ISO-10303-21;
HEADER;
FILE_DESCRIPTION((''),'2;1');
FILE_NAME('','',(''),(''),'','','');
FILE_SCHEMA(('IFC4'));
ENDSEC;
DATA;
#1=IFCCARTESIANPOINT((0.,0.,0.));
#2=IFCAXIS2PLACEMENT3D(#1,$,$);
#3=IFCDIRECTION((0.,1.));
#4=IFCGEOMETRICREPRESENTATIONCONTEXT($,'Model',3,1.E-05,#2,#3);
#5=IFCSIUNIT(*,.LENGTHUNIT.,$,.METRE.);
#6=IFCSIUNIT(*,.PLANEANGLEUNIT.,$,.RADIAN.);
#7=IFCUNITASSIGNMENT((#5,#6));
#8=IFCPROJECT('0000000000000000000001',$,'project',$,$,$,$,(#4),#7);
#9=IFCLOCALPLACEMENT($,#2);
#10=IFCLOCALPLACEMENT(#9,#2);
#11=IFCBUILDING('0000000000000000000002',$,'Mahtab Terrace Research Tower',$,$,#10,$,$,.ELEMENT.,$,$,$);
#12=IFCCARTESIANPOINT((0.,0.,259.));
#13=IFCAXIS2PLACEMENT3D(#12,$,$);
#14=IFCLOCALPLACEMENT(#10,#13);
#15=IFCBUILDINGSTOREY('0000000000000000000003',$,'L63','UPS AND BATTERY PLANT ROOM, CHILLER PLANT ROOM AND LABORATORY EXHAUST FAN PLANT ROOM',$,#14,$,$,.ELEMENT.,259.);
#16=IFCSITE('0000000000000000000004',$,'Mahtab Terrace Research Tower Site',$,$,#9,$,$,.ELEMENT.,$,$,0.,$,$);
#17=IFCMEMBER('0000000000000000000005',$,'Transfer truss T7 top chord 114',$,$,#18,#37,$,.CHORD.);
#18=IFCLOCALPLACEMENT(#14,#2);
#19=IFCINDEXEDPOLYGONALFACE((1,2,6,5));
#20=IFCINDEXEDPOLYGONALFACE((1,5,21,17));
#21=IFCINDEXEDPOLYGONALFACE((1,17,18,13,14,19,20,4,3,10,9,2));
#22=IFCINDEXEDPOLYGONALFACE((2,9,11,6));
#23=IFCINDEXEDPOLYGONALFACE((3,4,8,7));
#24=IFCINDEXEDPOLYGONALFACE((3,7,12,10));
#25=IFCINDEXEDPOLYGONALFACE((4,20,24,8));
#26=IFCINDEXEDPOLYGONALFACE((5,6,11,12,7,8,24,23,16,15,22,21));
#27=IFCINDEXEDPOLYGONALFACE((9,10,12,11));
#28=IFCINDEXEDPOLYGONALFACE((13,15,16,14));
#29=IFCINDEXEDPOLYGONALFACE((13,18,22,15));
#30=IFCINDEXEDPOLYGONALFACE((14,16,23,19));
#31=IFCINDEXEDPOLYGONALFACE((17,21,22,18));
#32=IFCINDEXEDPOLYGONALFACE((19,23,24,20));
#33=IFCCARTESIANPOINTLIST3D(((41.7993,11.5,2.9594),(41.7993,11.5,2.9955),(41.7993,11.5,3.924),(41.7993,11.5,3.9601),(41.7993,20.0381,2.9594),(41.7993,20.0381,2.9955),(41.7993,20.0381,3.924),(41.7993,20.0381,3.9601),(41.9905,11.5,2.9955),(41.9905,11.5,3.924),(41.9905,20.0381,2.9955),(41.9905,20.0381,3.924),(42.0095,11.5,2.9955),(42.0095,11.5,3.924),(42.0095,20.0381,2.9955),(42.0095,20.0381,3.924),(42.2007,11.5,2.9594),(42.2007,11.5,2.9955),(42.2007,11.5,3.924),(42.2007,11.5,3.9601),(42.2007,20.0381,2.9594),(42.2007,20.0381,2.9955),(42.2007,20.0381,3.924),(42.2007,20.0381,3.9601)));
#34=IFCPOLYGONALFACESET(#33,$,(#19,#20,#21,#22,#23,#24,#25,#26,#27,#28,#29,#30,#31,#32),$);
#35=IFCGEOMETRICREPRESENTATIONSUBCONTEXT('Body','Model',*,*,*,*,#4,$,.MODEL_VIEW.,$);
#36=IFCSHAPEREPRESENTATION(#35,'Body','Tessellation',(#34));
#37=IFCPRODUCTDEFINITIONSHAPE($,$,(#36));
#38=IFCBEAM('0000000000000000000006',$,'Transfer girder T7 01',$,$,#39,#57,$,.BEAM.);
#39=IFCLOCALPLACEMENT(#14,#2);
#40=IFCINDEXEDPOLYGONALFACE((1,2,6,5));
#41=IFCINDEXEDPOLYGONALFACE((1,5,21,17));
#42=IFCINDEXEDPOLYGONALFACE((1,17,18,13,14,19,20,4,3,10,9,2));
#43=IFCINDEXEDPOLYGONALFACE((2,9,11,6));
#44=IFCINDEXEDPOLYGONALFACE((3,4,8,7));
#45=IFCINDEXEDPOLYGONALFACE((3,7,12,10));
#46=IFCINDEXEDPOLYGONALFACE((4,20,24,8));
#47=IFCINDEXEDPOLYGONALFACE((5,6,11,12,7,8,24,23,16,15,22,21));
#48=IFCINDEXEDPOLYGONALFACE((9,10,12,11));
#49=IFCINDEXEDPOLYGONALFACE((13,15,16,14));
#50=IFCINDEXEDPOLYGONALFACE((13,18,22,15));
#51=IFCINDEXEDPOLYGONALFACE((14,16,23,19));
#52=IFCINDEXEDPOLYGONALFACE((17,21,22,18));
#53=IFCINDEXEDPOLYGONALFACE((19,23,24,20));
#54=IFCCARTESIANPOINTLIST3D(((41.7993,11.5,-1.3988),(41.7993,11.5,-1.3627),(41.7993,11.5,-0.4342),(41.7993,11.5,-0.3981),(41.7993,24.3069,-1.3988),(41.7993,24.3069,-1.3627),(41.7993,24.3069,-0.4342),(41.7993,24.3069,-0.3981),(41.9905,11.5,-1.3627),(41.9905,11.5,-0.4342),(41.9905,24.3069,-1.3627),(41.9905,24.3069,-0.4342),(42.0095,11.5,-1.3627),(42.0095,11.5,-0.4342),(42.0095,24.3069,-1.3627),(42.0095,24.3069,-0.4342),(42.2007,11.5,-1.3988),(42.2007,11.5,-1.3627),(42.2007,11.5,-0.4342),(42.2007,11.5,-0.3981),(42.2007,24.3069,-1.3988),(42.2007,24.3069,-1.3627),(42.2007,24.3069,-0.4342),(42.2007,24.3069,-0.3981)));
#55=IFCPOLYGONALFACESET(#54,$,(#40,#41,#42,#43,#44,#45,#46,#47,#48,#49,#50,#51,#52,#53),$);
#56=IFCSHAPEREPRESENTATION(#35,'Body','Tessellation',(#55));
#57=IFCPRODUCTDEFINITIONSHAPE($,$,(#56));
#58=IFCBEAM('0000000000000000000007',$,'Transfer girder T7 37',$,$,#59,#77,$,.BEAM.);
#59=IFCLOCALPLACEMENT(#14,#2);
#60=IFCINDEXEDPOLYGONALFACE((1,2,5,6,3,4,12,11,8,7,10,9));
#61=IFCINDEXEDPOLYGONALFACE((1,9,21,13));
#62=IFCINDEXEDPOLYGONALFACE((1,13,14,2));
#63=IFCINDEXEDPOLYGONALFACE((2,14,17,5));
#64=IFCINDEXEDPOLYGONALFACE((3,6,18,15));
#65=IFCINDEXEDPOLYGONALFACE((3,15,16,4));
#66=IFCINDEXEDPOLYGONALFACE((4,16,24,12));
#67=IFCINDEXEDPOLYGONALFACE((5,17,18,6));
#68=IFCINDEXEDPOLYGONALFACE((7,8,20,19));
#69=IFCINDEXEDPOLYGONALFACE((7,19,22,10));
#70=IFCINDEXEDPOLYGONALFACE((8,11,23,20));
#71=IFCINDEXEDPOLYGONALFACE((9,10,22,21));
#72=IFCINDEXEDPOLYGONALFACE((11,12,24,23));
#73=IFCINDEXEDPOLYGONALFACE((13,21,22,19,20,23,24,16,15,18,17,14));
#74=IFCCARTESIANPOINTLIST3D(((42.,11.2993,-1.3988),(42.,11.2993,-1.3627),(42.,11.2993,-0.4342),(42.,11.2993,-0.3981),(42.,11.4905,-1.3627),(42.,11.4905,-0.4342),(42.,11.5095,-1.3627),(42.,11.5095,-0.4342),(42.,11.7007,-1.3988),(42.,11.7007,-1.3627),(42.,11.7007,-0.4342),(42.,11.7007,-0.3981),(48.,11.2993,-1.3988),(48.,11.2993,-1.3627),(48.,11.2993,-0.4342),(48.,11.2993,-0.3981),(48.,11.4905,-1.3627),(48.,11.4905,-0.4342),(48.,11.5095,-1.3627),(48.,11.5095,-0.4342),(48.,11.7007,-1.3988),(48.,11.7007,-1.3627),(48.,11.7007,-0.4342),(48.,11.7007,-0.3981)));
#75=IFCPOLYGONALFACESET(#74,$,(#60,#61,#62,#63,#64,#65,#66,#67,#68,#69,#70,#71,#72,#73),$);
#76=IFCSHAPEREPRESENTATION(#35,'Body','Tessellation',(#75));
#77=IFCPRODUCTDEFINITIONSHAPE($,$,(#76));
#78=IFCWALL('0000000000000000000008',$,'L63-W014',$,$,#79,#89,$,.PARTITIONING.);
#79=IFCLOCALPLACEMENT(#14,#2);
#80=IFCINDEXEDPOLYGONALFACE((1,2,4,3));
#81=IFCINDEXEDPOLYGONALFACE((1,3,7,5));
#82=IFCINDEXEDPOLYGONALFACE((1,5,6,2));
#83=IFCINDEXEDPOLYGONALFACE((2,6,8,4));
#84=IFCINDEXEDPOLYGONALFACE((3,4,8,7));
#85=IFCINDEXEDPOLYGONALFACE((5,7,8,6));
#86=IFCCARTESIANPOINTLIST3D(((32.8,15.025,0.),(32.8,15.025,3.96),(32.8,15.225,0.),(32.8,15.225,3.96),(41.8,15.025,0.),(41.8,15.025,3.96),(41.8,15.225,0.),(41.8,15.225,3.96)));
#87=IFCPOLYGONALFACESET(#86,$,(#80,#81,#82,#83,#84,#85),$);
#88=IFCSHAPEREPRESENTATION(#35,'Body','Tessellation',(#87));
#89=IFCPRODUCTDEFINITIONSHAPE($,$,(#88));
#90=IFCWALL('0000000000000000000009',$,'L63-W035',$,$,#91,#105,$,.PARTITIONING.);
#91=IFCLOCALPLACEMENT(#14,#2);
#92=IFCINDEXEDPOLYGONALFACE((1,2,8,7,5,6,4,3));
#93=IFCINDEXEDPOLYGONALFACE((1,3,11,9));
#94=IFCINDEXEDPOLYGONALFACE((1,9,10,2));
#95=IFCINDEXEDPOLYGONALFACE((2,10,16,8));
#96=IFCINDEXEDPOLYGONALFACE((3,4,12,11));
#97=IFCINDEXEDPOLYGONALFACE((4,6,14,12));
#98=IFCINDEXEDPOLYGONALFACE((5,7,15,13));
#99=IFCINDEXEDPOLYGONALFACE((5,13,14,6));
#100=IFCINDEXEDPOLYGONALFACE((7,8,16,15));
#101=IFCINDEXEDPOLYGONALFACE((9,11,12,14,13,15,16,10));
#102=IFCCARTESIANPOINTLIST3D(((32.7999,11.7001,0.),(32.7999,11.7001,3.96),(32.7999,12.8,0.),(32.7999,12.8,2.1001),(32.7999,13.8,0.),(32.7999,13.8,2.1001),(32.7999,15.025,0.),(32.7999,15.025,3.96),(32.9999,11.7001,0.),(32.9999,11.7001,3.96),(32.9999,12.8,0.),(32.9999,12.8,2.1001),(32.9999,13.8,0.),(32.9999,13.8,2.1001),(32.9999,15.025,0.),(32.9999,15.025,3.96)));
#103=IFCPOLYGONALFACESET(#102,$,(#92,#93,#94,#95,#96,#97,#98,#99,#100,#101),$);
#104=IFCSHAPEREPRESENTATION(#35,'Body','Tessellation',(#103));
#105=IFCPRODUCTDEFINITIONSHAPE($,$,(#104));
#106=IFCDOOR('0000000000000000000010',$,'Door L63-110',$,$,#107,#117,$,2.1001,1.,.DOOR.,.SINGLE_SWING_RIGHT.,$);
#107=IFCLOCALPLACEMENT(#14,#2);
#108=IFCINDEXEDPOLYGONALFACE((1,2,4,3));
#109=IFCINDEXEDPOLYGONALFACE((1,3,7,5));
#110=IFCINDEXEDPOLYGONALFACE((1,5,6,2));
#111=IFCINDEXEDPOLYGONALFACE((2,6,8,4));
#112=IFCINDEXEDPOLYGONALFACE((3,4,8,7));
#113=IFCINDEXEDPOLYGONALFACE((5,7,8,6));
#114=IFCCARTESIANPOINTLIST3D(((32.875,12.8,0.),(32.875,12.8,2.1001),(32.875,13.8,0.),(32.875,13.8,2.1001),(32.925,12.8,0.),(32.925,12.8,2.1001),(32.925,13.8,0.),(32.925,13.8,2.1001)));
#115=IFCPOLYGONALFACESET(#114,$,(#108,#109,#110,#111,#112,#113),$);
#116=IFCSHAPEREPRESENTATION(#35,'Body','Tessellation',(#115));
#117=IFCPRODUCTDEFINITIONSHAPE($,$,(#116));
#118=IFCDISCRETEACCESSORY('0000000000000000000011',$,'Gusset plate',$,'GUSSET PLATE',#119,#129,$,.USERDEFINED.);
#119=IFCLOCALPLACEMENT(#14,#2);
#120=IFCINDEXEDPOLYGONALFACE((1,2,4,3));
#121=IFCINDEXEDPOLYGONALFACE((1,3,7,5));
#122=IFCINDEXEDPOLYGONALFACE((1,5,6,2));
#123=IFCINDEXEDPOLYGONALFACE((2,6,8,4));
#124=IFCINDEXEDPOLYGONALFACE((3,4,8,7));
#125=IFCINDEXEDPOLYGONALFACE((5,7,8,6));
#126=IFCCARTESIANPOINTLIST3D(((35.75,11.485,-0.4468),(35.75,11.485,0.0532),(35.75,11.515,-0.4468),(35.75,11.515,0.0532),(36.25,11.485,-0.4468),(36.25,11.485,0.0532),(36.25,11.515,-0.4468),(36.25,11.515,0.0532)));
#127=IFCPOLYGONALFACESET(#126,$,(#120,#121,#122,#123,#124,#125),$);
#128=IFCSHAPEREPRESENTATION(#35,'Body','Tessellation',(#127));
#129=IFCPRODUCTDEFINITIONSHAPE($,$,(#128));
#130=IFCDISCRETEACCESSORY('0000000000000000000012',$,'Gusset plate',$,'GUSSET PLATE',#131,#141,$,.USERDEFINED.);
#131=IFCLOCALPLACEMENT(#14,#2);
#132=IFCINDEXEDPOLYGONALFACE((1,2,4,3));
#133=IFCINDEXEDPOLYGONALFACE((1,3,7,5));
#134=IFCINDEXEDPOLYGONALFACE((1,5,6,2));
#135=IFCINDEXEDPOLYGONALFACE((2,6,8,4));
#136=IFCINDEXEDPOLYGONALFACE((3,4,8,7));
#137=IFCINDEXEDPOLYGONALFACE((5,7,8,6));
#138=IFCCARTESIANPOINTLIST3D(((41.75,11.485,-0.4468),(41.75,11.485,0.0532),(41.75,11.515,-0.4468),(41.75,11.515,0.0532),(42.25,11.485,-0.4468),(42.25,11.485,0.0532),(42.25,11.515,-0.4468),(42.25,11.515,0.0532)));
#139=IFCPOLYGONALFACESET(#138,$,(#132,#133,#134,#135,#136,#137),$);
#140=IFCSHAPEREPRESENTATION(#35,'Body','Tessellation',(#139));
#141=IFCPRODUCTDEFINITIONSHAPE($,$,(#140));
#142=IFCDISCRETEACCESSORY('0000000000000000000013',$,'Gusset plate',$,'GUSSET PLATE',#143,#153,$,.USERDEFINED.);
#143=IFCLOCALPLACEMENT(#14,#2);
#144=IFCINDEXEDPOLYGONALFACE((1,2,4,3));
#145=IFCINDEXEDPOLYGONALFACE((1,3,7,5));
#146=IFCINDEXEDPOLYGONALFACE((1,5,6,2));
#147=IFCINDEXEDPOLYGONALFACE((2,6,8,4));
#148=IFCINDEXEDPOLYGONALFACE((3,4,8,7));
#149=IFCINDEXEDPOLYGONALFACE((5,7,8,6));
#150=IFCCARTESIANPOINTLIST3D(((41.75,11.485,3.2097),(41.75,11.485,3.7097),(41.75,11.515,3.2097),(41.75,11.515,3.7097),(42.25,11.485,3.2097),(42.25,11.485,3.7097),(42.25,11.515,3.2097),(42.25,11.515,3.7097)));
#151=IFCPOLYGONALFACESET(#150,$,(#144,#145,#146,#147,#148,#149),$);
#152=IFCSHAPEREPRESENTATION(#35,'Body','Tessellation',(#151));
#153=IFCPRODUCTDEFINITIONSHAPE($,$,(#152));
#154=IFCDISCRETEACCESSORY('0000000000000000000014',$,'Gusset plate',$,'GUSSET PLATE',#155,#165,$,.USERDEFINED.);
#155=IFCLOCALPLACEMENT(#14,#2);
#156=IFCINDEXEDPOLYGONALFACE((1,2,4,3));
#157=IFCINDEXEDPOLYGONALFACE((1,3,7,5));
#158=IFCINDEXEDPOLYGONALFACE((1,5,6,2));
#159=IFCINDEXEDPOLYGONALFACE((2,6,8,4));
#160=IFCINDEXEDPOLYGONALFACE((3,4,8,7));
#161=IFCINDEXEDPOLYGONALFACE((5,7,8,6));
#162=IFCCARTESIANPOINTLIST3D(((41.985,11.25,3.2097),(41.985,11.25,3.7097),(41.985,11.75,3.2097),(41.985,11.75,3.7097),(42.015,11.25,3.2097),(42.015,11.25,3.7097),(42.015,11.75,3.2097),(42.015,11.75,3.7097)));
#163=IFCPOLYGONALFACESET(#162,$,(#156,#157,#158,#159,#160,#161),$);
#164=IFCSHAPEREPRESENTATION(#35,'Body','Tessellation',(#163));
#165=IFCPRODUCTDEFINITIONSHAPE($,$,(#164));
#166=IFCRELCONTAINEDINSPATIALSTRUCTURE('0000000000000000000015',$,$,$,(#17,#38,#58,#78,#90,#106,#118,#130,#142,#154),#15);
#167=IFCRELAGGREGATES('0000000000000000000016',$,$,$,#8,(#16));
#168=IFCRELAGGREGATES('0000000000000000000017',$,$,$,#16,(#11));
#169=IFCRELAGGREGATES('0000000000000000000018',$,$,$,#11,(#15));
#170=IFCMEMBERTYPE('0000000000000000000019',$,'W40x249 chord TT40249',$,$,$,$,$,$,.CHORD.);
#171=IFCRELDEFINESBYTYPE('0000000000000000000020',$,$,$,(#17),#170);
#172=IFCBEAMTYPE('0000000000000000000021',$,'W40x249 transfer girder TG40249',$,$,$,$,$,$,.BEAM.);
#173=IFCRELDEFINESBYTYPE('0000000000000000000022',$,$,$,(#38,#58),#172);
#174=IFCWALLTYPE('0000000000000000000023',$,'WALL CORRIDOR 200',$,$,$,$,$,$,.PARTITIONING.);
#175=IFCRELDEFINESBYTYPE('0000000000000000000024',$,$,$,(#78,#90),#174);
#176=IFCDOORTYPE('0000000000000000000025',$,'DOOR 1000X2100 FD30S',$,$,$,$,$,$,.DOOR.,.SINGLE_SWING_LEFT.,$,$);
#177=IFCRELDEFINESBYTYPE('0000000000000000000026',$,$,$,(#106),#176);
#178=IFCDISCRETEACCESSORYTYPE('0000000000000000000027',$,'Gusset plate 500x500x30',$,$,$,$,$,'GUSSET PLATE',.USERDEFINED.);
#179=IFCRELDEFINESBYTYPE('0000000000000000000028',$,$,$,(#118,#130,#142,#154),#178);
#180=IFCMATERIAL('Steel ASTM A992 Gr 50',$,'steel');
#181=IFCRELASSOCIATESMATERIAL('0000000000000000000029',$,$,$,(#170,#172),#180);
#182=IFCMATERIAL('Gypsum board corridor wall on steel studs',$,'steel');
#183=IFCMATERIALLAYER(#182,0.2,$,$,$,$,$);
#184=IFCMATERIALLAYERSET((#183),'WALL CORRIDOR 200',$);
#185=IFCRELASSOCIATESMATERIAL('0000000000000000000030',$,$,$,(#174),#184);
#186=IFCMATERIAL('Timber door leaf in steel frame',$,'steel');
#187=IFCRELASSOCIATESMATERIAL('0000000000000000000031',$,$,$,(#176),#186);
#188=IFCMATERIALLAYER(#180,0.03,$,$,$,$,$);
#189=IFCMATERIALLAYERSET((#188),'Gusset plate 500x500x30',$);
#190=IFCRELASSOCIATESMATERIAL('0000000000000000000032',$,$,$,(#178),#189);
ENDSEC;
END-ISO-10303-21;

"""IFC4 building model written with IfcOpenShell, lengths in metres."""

from ifc_helpers import new_model, si_unit, direction, frame, frame_2d, origin, origin_2d, place, context, subcontext, project, spatial, rectangle, i_section, extrude, material, layer, layer_set, material_profile, profile_set, type_object, element, fill, save


model = new_model("IFC4")

# Units and contexts
model_context = context("Model", 3, precision=1e-05, world=origin(), true_north=direction((0.0, 1.0)))
body_context = subcontext(model_context, "Body", "Model", "MODEL_VIEW")
ifc_project = project(units=[si_unit("LENGTHUNIT", "METRE"), si_unit("PLANEANGLEUNIT", "RADIAN")], contexts=[model_context])

# Site, building, storey
site_placement = place(None, origin())
site = spatial("IfcSite", under=ifc_project, at=site_placement, Name="Mahtab Terrace Research Tower Site", CompositionType="ELEMENT", RefElevation=0.0)
building_placement = place(site_placement, origin())
building = spatial("IfcBuilding", under=site, at=building_placement, Name="Mahtab Terrace Research Tower", CompositionType="ELEMENT")
storey_placement = place(building_placement, frame((0.0, 0.0, 259.0)))
storey = spatial("IfcBuildingStorey", under=building, at=storey_placement, Name="L63", Description="UPS AND BATTERY PLANT ROOM, CHILLER PLANT ROOM AND LABORATORY EXHAUST FAN PLANT ROOM", CompositionType="ELEMENT", Elevation=259.0)

# Member
ifc_material_1 = material(Name="Steel ASTM A992 Gr 50", Category="steel")
ifc_material_profile_1 = material_profile(ifc_material_1, i_section(OverallWidth=0.4014, OverallDepth=1.0007, WebThickness=0.019, FlangeThickness=0.0361, at=origin_2d()), Name="W40X249")
ifc_profile_set_1 = profile_set([ifc_material_profile_1], Name="Steel ASTM A992 Gr 50")
member_type_1 = type_object("IfcMemberType", Name="W40x249 chord TT40249", PredefinedType="CHORD", material=ifc_profile_set_1)
member_1_placement = place(storey_placement, frame((42.0, 11.5, 3.4597), z_axis=(0.0, 1.0, 0.0), x_axis=(-1.0, 0.0, 0.0)))
element("IfcMember", 1, at=member_1_placement, inside=storey, type_object=member_type_1, Name="Transfer truss T7 top chord 114", PredefinedType="CHORD", context=body_context, shape_type="SweptSolid", body=[
    extrude(i_section(OverallWidth=0.4014, OverallDepth=1.0007, WebThickness=0.019, FlangeThickness=0.0361, at=origin_2d()), origin(), (0.0, 0.0, 1.0), 8.5381),
])

# Beams
ifc_material_profile_2 = material_profile(ifc_material_1, i_section(OverallWidth=0.4014, OverallDepth=1.0007, WebThickness=0.019, FlangeThickness=0.0361, at=origin_2d()), Name="W40X249")
ifc_profile_set_2 = profile_set([ifc_material_profile_2], Name="Steel ASTM A992 Gr 50")
beam_type = type_object("IfcBeamType", Name="W40x249 transfer girder TG40249", PredefinedType="BEAM", material=ifc_profile_set_2)
beam_1_placement = place(storey_placement, frame((42.0, 11.5, -0.8984), z_axis=(0.0, 1.0, 0.0), x_axis=(-1.0, 0.0, 0.0)))
element("IfcBeam", 2, at=beam_1_placement, inside=storey, type_object=beam_type, Name="Transfer girder T7 01", PredefinedType="BEAM", context=body_context, shape_type="SweptSolid", body=[
    extrude(i_section(OverallWidth=0.4014, OverallDepth=1.0007, WebThickness=0.019, FlangeThickness=0.0361, at=origin_2d()), origin(), (0.0, 0.0, 1.0), 12.8069),
])
beam_2_placement = place(storey_placement, frame((42.0, 11.5, -0.8984), z_axis=(1.0, 0.0, 0.0), x_axis=(0.0, 1.0, 0.0)))
element("IfcBeam", 3, at=beam_2_placement, inside=storey, type_object=beam_type, Name="Transfer girder T7 37", PredefinedType="BEAM", context=body_context, shape_type="SweptSolid", body=[
    extrude(i_section(OverallWidth=0.4014, OverallDepth=1.0007, WebThickness=0.019, FlangeThickness=0.0361, at=origin_2d()), origin(), (0.0, 0.0, 1.0), 6.0),
])

# Wall
ifc_material_2 = material(Name="Gypsum board corridor wall on steel studs", Category="steel")
ifc_layer_1 = layer(ifc_material_2, 0.2)
ifc_layer_set_1 = layer_set([ifc_layer_1], Name="WALL CORRIDOR 200")
wall_type = type_object("IfcWallType", Name="WALL CORRIDOR 200", PredefinedType="PARTITIONING", material=ifc_layer_set_1)
wall_1_placement = place(storey_placement, frame((32.8, 15.125, 0.0), z_axis=(0.0, 0.0, 1.0), x_axis=(1.0, 0.0, 0.0)))
element("IfcWall", 4, at=wall_1_placement, inside=storey, type_object=wall_type, Name="L63-W014", PredefinedType="PARTITIONING", context=body_context, shape_type="SweptSolid", body=[
    extrude(rectangle(XDim=9.0, YDim=0.2, at=frame_2d((4.5, 0.0))), origin(), (0.0, 0.0, 1.0), 3.96),
])

# Wall, opening, door
wall_2_placement = place(storey_placement, frame((32.8999, 11.7, 0.0), z_axis=(0.0, 0.0, 1.0), x_axis=(0.0, 1.0, 0.0)))
wall_2 = element("IfcWall", 5, at=wall_2_placement, inside=storey, type_object=wall_type, Name="L63-W035", PredefinedType="PARTITIONING", context=body_context, shape_type="SweptSolid", body=[
    extrude(rectangle(XDim=3.325, YDim=0.2, at=frame_2d((1.6626, 0.0))), origin(), (0.0, 0.0, 1.0), 3.96),
])
opening_placement = place(wall_2_placement, frame((1.1001, 0.0, 0.0)))
opening = element("IfcOpeningElement", 6, at=opening_placement, cuts=wall_2, PredefinedType="OPENING", context=body_context, shape_type="SweptSolid", body=[
    extrude(rectangle(XDim=1.0, YDim=2.1001, at=frame_2d((0.5, 1.05))), frame((0.0, 0.1099, 0.0), z_axis=(0.0, -1.0, 0.0), x_axis=(1.0, 0.0, 0.0)), (0.0, 0.0, 1.0), 0.22),
])
ifc_material_3 = material(Name="Timber door leaf in steel frame", Category="steel")
door_type = type_object("IfcDoorType", Name="DOOR 1000X2100 FD30S", OperationType="SINGLE_SWING_LEFT", PredefinedType="DOOR", material=ifc_material_3)
door_placement = place(opening_placement, origin())
door = element("IfcDoor", 7, at=door_placement, inside=storey, type_object=door_type, Name="Door L63-110", OperationType="SINGLE_SWING_RIGHT", OverallHeight=2.1001, OverallWidth=1.0, PredefinedType="DOOR", context=body_context, shape_type="SweptSolid", body=[
    extrude(rectangle(XDim=1.0, YDim=2.1001, at=frame_2d((0.5, 1.05))), frame((0.0, 0.0249, 0.0), z_axis=(0.0, -1.0, 0.0), x_axis=(1.0, 0.0, 0.0)), (0.0, 0.0, 1.0), 0.05),
])
fill(opening, door)

# Discrete accessories
ifc_layer_2 = layer(ifc_material_1, 0.03)
ifc_layer_set_2 = layer_set([ifc_layer_2], Name="Gusset plate 500x500x30")
discrete_accessory_type = type_object("IfcDiscreteAccessoryType", Name="Gusset plate 500x500x30", ElementType="GUSSET PLATE", PredefinedType="USERDEFINED", material=ifc_layer_set_2)
for number, where, z_axis, x_axis, name in (
    (8, (36.0, 11.5, -0.4468), (0.0, 0.0, 1.0), (1.0, 0.0, 0.0), "Gusset plate"),
    (9, (42.0, 11.5, -0.4468), (0.0, 0.0, 1.0), (1.0, 0.0, 0.0), "Gusset plate"),
    (10, (42.0, 11.5, 3.2097), (0.0, 0.0, 1.0), (1.0, 0.0, 0.0), "Gusset plate"),
    (11, (42.0, 11.5, 3.2097), (0.0, 0.0, 1.0), (0.0, 1.0, 0.0), "Gusset plate"),
):
    element("IfcDiscreteAccessory", number, at=place(storey_placement, frame(where, z_axis=z_axis, x_axis=x_axis)), inside=storey, type_object=discrete_accessory_type, Name=name, ObjectType="GUSSET PLATE", PredefinedType="USERDEFINED", context=body_context, shape_type="SweptSolid", body=[
        extrude(rectangle(XDim=0.5, YDim=0.03, at=origin_2d()), origin(), (0.0, 0.0, 1.0), 0.5),
    ])

save(model, "model.ifc")
